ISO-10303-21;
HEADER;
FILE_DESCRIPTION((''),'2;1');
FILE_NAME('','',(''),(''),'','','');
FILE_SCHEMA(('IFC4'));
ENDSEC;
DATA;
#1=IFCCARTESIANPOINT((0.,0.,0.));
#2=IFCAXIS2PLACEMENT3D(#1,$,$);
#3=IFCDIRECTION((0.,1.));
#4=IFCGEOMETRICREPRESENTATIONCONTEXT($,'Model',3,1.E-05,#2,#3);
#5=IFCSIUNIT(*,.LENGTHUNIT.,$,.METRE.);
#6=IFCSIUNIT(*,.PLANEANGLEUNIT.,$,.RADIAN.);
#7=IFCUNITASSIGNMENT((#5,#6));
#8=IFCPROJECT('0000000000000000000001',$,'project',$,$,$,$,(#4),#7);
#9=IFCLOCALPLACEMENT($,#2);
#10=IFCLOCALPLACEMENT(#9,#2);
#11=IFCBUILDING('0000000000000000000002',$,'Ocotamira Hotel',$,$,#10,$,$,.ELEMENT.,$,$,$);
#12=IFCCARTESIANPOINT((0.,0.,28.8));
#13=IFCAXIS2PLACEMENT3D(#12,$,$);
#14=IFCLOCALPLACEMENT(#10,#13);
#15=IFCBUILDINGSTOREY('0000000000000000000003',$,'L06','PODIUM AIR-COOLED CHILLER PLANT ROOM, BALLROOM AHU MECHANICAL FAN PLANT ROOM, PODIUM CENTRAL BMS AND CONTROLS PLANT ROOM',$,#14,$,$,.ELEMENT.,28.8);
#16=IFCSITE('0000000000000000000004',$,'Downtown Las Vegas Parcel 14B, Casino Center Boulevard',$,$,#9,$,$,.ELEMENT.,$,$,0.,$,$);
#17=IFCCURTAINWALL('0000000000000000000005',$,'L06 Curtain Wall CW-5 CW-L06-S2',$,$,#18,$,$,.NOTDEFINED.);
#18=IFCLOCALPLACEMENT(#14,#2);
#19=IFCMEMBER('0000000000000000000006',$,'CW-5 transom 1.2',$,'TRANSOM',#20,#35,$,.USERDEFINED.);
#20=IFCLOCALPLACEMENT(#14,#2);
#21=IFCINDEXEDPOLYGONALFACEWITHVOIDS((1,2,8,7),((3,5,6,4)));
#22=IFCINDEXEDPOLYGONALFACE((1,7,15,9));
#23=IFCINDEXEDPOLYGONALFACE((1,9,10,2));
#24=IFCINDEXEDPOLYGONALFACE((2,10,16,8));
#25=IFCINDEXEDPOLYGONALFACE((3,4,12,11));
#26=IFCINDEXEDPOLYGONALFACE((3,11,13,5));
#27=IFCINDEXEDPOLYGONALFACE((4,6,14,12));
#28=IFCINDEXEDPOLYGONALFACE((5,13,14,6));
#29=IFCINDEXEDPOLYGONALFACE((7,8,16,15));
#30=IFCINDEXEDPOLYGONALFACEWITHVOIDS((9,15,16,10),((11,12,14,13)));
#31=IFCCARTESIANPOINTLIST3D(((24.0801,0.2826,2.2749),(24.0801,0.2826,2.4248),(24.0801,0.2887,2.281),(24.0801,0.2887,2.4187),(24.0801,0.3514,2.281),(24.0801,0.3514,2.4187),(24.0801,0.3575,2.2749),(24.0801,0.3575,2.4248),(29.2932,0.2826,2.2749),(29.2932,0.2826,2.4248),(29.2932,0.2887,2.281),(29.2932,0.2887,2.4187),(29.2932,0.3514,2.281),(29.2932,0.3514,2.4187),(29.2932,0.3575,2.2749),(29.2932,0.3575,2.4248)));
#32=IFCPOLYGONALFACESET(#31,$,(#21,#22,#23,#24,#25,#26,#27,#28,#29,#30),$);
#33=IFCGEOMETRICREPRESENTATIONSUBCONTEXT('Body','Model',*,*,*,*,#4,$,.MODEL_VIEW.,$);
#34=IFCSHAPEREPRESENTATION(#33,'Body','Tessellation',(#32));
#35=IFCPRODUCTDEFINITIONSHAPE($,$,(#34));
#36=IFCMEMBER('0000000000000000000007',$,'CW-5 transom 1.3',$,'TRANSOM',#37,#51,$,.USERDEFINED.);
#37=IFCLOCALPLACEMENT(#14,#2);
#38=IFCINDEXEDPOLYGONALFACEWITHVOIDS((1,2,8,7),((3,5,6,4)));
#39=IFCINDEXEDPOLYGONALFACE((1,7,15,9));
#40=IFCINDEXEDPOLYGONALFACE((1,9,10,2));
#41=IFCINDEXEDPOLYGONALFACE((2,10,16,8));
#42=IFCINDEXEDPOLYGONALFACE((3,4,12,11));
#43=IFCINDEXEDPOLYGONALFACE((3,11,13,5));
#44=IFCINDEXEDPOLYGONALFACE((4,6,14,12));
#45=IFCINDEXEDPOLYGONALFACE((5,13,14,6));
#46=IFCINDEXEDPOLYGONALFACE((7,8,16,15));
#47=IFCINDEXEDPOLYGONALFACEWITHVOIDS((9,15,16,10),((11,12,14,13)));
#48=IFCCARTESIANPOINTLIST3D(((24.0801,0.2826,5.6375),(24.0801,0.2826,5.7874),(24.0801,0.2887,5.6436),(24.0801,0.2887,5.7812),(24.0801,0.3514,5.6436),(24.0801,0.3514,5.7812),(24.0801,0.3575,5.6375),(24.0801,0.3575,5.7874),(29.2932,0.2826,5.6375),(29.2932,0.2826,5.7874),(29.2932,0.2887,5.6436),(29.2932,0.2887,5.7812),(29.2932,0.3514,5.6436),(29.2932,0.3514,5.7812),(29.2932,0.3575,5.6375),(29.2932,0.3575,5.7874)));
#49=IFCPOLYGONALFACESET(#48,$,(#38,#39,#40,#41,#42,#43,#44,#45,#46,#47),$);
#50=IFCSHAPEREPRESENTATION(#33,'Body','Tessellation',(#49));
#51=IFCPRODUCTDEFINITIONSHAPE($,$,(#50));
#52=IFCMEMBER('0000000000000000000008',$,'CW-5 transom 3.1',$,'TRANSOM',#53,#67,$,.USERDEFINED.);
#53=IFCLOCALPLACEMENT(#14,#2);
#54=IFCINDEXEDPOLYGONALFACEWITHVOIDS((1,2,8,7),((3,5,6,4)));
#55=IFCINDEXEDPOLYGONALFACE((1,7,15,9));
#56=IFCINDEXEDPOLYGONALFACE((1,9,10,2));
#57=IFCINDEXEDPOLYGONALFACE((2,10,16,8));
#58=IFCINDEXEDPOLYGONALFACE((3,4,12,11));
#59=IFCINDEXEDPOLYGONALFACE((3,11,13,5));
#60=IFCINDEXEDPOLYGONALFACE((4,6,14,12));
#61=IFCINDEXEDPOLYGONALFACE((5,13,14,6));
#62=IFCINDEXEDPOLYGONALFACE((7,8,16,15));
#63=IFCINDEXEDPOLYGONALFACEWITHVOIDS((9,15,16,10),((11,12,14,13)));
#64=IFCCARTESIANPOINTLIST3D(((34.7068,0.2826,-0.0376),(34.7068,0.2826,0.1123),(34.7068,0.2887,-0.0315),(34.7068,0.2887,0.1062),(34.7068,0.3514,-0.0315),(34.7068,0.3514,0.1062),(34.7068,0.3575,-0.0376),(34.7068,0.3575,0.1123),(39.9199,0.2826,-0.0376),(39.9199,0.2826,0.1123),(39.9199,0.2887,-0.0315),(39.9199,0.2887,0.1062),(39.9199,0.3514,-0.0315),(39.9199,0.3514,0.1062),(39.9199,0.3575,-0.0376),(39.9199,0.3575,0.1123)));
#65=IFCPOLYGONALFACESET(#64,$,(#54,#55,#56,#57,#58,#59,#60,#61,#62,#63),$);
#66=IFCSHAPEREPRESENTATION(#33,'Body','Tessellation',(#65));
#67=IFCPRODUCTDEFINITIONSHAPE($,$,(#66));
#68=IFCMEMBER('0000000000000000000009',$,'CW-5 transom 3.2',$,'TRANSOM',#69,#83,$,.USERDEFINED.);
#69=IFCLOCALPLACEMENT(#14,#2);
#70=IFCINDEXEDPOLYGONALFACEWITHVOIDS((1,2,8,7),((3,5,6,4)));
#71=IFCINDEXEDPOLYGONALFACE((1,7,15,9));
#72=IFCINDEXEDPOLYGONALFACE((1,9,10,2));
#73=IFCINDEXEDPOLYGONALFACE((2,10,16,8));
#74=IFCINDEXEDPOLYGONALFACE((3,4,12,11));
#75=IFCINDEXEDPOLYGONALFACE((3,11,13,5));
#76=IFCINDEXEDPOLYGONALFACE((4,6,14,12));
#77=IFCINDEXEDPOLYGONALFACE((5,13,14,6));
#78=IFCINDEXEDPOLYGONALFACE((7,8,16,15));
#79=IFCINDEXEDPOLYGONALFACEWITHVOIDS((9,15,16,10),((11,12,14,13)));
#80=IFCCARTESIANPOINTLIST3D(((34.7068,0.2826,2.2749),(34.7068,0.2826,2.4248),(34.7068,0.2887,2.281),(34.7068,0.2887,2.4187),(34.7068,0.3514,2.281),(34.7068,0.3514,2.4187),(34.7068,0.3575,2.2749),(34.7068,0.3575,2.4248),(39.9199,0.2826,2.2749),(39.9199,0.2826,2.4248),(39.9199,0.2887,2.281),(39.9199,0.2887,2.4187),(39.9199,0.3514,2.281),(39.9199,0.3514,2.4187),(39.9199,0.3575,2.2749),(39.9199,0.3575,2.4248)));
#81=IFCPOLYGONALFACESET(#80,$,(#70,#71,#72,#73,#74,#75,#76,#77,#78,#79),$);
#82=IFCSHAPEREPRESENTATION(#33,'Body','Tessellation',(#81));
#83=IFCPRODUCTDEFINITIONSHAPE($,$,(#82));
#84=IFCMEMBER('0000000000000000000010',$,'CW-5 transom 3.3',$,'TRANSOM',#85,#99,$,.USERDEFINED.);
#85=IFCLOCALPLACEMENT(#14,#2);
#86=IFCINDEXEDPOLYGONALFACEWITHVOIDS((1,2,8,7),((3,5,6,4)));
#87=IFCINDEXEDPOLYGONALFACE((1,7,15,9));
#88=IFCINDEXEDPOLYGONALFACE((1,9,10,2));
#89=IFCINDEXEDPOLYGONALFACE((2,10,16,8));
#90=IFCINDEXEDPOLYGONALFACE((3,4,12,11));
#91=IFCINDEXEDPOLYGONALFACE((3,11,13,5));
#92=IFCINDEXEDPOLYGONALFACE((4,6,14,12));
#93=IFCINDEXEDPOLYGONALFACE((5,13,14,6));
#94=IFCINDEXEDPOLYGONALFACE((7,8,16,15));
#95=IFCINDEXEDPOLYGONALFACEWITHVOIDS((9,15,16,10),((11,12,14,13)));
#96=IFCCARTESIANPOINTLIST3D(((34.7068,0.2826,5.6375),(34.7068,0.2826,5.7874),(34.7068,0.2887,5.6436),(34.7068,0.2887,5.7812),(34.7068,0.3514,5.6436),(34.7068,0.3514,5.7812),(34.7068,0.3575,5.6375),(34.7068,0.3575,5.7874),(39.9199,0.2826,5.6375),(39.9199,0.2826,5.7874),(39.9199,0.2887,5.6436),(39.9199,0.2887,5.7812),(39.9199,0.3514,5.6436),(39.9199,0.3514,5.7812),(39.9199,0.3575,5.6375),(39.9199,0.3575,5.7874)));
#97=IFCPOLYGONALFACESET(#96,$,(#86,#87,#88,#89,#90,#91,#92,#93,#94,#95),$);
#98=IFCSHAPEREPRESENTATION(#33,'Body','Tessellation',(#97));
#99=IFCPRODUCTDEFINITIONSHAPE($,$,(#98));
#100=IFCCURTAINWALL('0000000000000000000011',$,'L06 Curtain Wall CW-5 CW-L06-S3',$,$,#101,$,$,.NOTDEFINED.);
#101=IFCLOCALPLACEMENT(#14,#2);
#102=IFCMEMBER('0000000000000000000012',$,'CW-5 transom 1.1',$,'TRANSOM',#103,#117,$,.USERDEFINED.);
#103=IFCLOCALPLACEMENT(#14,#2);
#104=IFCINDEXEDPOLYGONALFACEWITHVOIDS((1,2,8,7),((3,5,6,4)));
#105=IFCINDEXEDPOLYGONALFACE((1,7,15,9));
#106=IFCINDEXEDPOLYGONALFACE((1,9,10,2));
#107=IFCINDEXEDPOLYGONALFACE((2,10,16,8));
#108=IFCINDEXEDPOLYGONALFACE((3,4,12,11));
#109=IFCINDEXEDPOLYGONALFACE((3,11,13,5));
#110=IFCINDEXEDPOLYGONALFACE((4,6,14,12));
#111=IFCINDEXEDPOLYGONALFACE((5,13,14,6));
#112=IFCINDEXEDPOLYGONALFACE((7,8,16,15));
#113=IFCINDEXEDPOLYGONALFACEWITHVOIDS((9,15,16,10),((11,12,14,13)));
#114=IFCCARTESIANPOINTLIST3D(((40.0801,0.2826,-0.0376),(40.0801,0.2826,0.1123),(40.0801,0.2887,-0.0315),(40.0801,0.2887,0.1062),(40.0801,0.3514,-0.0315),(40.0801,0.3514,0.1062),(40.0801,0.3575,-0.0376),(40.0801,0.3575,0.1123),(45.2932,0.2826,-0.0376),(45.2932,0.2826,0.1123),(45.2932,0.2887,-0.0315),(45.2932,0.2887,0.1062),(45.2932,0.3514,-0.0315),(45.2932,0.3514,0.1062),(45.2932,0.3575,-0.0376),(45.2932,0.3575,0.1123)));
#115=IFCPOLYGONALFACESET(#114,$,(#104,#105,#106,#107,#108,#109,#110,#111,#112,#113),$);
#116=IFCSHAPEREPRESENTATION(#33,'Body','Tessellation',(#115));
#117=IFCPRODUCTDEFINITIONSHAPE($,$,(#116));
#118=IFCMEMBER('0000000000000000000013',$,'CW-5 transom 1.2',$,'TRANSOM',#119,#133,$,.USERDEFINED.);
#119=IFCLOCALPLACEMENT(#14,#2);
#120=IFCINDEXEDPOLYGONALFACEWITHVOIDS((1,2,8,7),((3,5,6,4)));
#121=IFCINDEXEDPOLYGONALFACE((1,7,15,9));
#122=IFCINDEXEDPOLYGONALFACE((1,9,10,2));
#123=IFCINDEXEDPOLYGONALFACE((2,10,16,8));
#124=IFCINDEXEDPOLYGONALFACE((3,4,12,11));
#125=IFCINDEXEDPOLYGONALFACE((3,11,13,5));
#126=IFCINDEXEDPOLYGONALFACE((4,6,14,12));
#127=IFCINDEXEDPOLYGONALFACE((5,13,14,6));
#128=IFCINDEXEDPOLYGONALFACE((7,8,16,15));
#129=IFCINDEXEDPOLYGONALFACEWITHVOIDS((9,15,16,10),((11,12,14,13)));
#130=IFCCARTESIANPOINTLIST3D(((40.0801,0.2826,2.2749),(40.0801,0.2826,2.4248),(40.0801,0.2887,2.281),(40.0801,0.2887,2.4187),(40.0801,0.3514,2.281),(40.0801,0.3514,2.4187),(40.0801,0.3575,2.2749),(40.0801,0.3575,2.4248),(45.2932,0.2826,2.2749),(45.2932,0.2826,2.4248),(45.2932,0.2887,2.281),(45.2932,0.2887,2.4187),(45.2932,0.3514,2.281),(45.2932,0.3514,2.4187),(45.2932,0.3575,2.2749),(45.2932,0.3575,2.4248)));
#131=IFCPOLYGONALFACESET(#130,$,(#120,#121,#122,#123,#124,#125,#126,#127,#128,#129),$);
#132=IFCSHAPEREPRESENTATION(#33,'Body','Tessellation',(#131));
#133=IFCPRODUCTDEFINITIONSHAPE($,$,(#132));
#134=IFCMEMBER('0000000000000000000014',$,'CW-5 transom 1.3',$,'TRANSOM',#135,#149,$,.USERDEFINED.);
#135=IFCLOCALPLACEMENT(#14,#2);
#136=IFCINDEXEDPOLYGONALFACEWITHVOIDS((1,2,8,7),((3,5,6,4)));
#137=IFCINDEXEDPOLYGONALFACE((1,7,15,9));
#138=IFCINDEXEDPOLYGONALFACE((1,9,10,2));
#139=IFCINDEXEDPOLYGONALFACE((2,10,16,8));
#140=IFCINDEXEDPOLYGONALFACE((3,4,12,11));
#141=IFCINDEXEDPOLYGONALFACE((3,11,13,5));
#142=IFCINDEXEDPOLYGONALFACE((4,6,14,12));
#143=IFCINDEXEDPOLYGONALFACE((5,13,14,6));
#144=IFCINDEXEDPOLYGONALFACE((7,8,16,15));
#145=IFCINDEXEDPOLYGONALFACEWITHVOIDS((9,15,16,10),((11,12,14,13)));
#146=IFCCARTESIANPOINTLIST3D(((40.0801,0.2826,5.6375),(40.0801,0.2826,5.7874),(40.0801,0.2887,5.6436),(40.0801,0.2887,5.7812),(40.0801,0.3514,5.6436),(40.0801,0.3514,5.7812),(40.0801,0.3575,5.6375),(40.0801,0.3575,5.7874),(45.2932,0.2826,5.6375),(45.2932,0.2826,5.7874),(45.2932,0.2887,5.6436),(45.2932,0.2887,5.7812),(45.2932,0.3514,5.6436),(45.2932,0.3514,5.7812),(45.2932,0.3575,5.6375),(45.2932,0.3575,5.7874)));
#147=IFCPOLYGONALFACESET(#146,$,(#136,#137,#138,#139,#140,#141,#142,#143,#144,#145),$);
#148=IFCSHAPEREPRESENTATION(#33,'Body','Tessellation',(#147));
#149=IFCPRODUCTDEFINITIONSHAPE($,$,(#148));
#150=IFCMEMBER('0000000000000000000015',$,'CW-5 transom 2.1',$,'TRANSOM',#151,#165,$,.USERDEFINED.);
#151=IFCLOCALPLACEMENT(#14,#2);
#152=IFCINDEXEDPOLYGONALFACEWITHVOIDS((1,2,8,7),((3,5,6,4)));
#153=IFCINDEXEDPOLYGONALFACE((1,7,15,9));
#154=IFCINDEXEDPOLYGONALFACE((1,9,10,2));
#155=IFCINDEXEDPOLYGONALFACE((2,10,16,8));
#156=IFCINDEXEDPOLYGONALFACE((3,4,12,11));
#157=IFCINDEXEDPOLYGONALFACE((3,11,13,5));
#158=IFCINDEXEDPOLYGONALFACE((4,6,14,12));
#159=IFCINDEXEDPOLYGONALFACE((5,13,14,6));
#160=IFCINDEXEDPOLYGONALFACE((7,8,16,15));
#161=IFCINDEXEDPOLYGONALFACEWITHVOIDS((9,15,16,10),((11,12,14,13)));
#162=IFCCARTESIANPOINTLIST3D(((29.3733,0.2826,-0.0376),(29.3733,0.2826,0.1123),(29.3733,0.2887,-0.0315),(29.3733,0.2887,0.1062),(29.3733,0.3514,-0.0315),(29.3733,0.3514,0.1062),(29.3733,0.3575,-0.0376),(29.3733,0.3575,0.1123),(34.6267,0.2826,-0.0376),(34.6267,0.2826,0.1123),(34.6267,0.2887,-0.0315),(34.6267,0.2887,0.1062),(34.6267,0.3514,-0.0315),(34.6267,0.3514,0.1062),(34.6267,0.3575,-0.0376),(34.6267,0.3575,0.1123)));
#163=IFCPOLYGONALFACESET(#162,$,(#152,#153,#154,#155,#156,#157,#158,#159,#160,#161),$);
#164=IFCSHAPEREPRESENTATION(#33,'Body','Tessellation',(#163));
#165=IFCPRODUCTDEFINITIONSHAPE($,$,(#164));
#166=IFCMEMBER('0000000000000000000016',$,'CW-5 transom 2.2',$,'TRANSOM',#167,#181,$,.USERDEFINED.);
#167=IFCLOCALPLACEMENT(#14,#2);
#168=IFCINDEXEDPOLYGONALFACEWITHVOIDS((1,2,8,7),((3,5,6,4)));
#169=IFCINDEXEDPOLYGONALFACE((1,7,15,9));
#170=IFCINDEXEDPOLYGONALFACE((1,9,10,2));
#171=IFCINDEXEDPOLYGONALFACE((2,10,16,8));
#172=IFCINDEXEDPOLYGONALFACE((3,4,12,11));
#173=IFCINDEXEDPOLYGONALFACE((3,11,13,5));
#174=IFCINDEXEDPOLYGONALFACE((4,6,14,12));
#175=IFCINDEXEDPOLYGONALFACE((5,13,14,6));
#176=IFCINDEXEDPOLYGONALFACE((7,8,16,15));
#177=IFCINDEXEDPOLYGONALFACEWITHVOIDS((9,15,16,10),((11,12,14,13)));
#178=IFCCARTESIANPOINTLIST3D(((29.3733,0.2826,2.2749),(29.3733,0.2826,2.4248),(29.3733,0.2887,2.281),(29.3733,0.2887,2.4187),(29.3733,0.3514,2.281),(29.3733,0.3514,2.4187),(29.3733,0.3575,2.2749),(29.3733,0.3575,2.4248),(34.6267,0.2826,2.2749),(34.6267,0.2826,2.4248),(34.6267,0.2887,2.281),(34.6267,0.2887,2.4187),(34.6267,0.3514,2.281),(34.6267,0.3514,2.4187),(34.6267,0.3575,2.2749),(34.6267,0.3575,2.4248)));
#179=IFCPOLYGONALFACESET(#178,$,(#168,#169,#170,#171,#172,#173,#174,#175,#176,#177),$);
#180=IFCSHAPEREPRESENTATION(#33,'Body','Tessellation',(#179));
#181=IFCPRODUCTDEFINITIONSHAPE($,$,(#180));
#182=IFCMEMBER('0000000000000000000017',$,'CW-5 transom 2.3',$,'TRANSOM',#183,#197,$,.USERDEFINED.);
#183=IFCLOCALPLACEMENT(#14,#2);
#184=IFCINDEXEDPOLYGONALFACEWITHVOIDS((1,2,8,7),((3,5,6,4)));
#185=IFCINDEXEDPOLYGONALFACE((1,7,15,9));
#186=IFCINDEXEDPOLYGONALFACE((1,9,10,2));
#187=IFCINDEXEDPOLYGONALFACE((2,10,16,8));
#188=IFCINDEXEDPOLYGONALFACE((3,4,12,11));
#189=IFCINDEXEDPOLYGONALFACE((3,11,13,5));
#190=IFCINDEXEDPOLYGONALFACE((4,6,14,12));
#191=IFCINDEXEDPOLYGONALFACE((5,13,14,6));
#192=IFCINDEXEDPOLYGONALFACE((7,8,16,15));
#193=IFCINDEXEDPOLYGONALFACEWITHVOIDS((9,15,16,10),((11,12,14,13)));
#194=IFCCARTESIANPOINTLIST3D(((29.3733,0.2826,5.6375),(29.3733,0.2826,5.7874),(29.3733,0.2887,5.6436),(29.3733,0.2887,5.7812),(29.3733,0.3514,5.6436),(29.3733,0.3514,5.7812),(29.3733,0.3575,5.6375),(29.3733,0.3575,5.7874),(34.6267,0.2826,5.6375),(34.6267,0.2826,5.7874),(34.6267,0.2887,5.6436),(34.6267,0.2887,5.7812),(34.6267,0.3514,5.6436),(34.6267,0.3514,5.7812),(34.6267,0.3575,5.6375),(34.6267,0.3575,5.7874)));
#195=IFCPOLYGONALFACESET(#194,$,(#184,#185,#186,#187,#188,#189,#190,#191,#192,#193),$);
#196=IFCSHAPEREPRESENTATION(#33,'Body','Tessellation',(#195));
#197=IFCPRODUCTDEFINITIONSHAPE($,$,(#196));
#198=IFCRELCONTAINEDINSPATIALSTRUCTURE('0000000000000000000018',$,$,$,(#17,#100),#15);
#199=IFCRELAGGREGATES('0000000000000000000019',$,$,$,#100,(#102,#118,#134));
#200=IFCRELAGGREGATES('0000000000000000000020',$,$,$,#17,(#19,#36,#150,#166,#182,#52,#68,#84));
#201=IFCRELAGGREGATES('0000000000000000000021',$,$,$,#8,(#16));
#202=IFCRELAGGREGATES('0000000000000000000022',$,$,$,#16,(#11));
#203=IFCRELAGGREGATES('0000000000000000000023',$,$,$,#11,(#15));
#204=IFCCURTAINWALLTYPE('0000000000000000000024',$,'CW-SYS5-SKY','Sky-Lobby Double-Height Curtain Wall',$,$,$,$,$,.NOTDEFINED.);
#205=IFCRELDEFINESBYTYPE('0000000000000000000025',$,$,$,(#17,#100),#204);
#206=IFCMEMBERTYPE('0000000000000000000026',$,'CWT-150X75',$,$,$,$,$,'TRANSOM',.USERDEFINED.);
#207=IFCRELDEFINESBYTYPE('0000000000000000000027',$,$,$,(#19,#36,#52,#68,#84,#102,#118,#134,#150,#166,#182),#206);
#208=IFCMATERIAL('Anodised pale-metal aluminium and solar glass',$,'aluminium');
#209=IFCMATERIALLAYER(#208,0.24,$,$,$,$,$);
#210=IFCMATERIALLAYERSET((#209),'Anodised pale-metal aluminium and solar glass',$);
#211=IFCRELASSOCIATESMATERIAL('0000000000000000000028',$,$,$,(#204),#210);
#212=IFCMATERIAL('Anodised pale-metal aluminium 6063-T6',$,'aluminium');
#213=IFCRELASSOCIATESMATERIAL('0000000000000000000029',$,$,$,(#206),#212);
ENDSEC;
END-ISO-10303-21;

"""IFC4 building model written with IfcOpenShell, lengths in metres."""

from ifc_helpers import new_model, si_unit, direction, frame, origin, origin_2d, place, context, subcontext, project, spatial, hollow_rectangle, extrude, source, transform, mapped, material, layer, layer_set, material_profile, profile_set, type_object, element, aggregate, save


model = new_model("IFC4")

# Units and contexts
model_context = context("Model", 3, precision=1e-05, world=origin(), true_north=direction((0.0, 1.0)))
body_context = subcontext(model_context, "Body", "Model", "MODEL_VIEW")
ifc_project = project(units=[si_unit("LENGTHUNIT", "METRE"), si_unit("PLANEANGLEUNIT", "RADIAN")], contexts=[model_context])

# Site, building, storey
site_placement = place(None, origin())
site = spatial("IfcSite", under=ifc_project, at=site_placement, Name="Downtown Las Vegas Parcel 14B, Casino Center Boulevard", CompositionType="ELEMENT", RefElevation=0.0)
building_placement = place(site_placement, origin())
building = spatial("IfcBuilding", under=site, at=building_placement, Name="Ocotamira Hotel", CompositionType="ELEMENT")
storey_placement = place(building_placement, frame((0.0, 0.0, 28.8)))
storey = spatial("IfcBuildingStorey", under=building, at=storey_placement, Name="L06", Description="PODIUM AIR-COOLED CHILLER PLANT ROOM, BALLROOM AHU MECHANICAL FAN PLANT ROOM, PODIUM CENTRAL BMS AND CONTROLS PLANT ROOM", CompositionType="ELEMENT", Elevation=28.8)

# Curtain walls, members
ifc_material_1 = material(Name="Anodised pale-metal aluminium and solar glass", Category="aluminium")
ifc_layer_1 = layer(ifc_material_1, 0.24)
ifc_layer_set_1 = layer_set([ifc_layer_1], Name="Anodised pale-metal aluminium and solar glass")
curtain_wall_type = type_object("IfcCurtainWallType", Name="CW-SYS5-SKY", Description="Sky-Lobby Double-Height Curtain Wall", PredefinedType="NOTDEFINED", material=ifc_layer_set_1)
curtain_wall_1_placement = place(storey_placement, origin())
curtain_wall_1 = element("IfcCurtainWall", 1, at=curtain_wall_1_placement, inside=storey, type_object=curtain_wall_type, Name="L06 Curtain Wall CW-5 CW-L06-S2", PredefinedType="NOTDEFINED")
ifc_material_2 = material(Name="Anodised pale-metal aluminium 6063-T6", Category="aluminium")
ifc_material_profile_1 = material_profile(ifc_material_2, hollow_rectangle(XDim=0.075, YDim=0.1499, WallThickness=0.0061, at=origin_2d()), Name="HSS150X75X6")
ifc_profile_set_1 = profile_set([ifc_material_profile_1], Name="Anodised pale-metal aluminium 6063-T6")
member_type_1 = type_object("IfcMemberType", Name="CWT-150X75", ElementType="TRANSOM", PredefinedType="USERDEFINED", material=ifc_profile_set_1)
shared_shape_1 = source(origin(), body_context, "Body", "SweptSolid", [
    extrude(hollow_rectangle(XDim=0.075, YDim=0.1499, WallThickness=0.0061, at=origin_2d()), origin(), (0.0, 0.0, 1.0), 5.2131),
])
member_1_placement = place(storey_placement, frame((24.0801, 0.3201, 2.3499), z_axis=(1.0, 0.0, 0.0), x_axis=(0.0, 1.0, 0.0)))
member_1 = element("IfcMember", 2, at=member_1_placement, type_object=member_type_1, Name="CW-5 transom 1.2", ObjectType="TRANSOM", PredefinedType="USERDEFINED", context=body_context, shape_type="MappedRepresentation", body=[
    mapped(shared_shape_1, transform((0.0, 0.0, 0.0), scale=1.0)),
])
member_2_placement = place(storey_placement, frame((24.0801, 0.3201, 5.7124), z_axis=(1.0, 0.0, 0.0), x_axis=(0.0, 1.0, 0.0)))
member_2 = element("IfcMember", 3, at=member_2_placement, type_object=member_type_1, Name="CW-5 transom 1.3", ObjectType="TRANSOM", PredefinedType="USERDEFINED", context=body_context, shape_type="MappedRepresentation", body=[
    mapped(shared_shape_1, transform((0.0, 0.0, 0.0), scale=1.0)),
])
member_3_placement = place(storey_placement, frame((34.7068, 0.3201, 0.0374), z_axis=(1.0, 0.0, 0.0), x_axis=(0.0, 1.0, 0.0)))
member_3 = element("IfcMember", 4, at=member_3_placement, type_object=member_type_1, Name="CW-5 transom 3.1", ObjectType="TRANSOM", PredefinedType="USERDEFINED", context=body_context, shape_type="MappedRepresentation", body=[
    mapped(shared_shape_1, transform((0.0, 0.0, 0.0), scale=1.0)),
])
member_4_placement = place(storey_placement, frame((34.7068, 0.3201, 2.3499), z_axis=(1.0, 0.0, 0.0), x_axis=(0.0, 1.0, 0.0)))
member_4 = element("IfcMember", 5, at=member_4_placement, type_object=member_type_1, Name="CW-5 transom 3.2", ObjectType="TRANSOM", PredefinedType="USERDEFINED", context=body_context, shape_type="MappedRepresentation", body=[
    mapped(shared_shape_1, transform((0.0, 0.0, 0.0), scale=1.0)),
])
member_5_placement = place(storey_placement, frame((34.7068, 0.3201, 5.7124), z_axis=(1.0, 0.0, 0.0), x_axis=(0.0, 1.0, 0.0)))
member_5 = element("IfcMember", 6, at=member_5_placement, type_object=member_type_1, Name="CW-5 transom 3.3", ObjectType="TRANSOM", PredefinedType="USERDEFINED", context=body_context, shape_type="MappedRepresentation", body=[
    mapped(shared_shape_1, transform((0.0, 0.0, 0.0), scale=1.0)),
])
curtain_wall_2_placement = place(storey_placement, origin())
curtain_wall_2 = element("IfcCurtainWall", 7, at=curtain_wall_2_placement, inside=storey, type_object=curtain_wall_type, Name="L06 Curtain Wall CW-5 CW-L06-S3", PredefinedType="NOTDEFINED")
member_6_placement = place(storey_placement, frame((40.0801, 0.3201, 0.0374), z_axis=(1.0, 0.0, 0.0), x_axis=(0.0, 1.0, 0.0)))
member_6 = element("IfcMember", 8, at=member_6_placement, type_object=member_type_1, Name="CW-5 transom 1.1", ObjectType="TRANSOM", PredefinedType="USERDEFINED", context=body_context, shape_type="MappedRepresentation", body=[
    mapped(shared_shape_1, transform((0.0, 0.0, 0.0), scale=1.0)),
])
member_7_placement = place(storey_placement, frame((40.0801, 0.3201, 2.3499), z_axis=(1.0, 0.0, 0.0), x_axis=(0.0, 1.0, 0.0)))
member_7 = element("IfcMember", 9, at=member_7_placement, type_object=member_type_1, Name="CW-5 transom 1.2", ObjectType="TRANSOM", PredefinedType="USERDEFINED", context=body_context, shape_type="MappedRepresentation", body=[
    mapped(shared_shape_1, transform((0.0, 0.0, 0.0), scale=1.0)),
])
member_8_placement = place(storey_placement, frame((40.0801, 0.3201, 5.7124), z_axis=(1.0, 0.0, 0.0), x_axis=(0.0, 1.0, 0.0)))
member_8 = element("IfcMember", 10, at=member_8_placement, type_object=member_type_1, Name="CW-5 transom 1.3", ObjectType="TRANSOM", PredefinedType="USERDEFINED", context=body_context, shape_type="MappedRepresentation", body=[
    mapped(shared_shape_1, transform((0.0, 0.0, 0.0), scale=1.0)),
])

# Members
shared_shape_2 = source(origin(), body_context, "Body", "SweptSolid", [
    extrude(hollow_rectangle(XDim=0.075, YDim=0.1499, WallThickness=0.0061, at=origin_2d()), origin(), (0.0, 0.0, 1.0), 5.2534),
])
member_9_placement = place(storey_placement, frame((29.3733, 0.3201, 0.0374), z_axis=(1.0, 0.0, 0.0), x_axis=(0.0, 1.0, 0.0)))
member_9 = element("IfcMember", 11, at=member_9_placement, type_object=member_type_1, Name="CW-5 transom 2.1", ObjectType="TRANSOM", PredefinedType="USERDEFINED", context=body_context, shape_type="MappedRepresentation", body=[
    mapped(shared_shape_2, transform((0.0, 0.0, 0.0), scale=1.0)),
])
member_10_placement = place(storey_placement, frame((29.3733, 0.3201, 2.3499), z_axis=(1.0, 0.0, 0.0), x_axis=(0.0, 1.0, 0.0)))
member_10 = element("IfcMember", 12, at=member_10_placement, type_object=member_type_1, Name="CW-5 transom 2.2", ObjectType="TRANSOM", PredefinedType="USERDEFINED", context=body_context, shape_type="MappedRepresentation", body=[
    mapped(shared_shape_2, transform((0.0, 0.0, 0.0), scale=1.0)),
])
member_11_placement = place(storey_placement, frame((29.3733, 0.3201, 5.7124), z_axis=(1.0, 0.0, 0.0), x_axis=(0.0, 1.0, 0.0)))
member_11 = element("IfcMember", 13, at=member_11_placement, type_object=member_type_1, Name="CW-5 transom 2.3", ObjectType="TRANSOM", PredefinedType="USERDEFINED", context=body_context, shape_type="MappedRepresentation", body=[
    mapped(shared_shape_2, transform((0.0, 0.0, 0.0), scale=1.0)),
])

aggregate(curtain_wall_2, [member_6, member_7, member_8])

aggregate(curtain_wall_1, [member_1, member_2, member_9, member_10, member_11, member_3, member_4, member_5])

save(model, "model.ifc")
